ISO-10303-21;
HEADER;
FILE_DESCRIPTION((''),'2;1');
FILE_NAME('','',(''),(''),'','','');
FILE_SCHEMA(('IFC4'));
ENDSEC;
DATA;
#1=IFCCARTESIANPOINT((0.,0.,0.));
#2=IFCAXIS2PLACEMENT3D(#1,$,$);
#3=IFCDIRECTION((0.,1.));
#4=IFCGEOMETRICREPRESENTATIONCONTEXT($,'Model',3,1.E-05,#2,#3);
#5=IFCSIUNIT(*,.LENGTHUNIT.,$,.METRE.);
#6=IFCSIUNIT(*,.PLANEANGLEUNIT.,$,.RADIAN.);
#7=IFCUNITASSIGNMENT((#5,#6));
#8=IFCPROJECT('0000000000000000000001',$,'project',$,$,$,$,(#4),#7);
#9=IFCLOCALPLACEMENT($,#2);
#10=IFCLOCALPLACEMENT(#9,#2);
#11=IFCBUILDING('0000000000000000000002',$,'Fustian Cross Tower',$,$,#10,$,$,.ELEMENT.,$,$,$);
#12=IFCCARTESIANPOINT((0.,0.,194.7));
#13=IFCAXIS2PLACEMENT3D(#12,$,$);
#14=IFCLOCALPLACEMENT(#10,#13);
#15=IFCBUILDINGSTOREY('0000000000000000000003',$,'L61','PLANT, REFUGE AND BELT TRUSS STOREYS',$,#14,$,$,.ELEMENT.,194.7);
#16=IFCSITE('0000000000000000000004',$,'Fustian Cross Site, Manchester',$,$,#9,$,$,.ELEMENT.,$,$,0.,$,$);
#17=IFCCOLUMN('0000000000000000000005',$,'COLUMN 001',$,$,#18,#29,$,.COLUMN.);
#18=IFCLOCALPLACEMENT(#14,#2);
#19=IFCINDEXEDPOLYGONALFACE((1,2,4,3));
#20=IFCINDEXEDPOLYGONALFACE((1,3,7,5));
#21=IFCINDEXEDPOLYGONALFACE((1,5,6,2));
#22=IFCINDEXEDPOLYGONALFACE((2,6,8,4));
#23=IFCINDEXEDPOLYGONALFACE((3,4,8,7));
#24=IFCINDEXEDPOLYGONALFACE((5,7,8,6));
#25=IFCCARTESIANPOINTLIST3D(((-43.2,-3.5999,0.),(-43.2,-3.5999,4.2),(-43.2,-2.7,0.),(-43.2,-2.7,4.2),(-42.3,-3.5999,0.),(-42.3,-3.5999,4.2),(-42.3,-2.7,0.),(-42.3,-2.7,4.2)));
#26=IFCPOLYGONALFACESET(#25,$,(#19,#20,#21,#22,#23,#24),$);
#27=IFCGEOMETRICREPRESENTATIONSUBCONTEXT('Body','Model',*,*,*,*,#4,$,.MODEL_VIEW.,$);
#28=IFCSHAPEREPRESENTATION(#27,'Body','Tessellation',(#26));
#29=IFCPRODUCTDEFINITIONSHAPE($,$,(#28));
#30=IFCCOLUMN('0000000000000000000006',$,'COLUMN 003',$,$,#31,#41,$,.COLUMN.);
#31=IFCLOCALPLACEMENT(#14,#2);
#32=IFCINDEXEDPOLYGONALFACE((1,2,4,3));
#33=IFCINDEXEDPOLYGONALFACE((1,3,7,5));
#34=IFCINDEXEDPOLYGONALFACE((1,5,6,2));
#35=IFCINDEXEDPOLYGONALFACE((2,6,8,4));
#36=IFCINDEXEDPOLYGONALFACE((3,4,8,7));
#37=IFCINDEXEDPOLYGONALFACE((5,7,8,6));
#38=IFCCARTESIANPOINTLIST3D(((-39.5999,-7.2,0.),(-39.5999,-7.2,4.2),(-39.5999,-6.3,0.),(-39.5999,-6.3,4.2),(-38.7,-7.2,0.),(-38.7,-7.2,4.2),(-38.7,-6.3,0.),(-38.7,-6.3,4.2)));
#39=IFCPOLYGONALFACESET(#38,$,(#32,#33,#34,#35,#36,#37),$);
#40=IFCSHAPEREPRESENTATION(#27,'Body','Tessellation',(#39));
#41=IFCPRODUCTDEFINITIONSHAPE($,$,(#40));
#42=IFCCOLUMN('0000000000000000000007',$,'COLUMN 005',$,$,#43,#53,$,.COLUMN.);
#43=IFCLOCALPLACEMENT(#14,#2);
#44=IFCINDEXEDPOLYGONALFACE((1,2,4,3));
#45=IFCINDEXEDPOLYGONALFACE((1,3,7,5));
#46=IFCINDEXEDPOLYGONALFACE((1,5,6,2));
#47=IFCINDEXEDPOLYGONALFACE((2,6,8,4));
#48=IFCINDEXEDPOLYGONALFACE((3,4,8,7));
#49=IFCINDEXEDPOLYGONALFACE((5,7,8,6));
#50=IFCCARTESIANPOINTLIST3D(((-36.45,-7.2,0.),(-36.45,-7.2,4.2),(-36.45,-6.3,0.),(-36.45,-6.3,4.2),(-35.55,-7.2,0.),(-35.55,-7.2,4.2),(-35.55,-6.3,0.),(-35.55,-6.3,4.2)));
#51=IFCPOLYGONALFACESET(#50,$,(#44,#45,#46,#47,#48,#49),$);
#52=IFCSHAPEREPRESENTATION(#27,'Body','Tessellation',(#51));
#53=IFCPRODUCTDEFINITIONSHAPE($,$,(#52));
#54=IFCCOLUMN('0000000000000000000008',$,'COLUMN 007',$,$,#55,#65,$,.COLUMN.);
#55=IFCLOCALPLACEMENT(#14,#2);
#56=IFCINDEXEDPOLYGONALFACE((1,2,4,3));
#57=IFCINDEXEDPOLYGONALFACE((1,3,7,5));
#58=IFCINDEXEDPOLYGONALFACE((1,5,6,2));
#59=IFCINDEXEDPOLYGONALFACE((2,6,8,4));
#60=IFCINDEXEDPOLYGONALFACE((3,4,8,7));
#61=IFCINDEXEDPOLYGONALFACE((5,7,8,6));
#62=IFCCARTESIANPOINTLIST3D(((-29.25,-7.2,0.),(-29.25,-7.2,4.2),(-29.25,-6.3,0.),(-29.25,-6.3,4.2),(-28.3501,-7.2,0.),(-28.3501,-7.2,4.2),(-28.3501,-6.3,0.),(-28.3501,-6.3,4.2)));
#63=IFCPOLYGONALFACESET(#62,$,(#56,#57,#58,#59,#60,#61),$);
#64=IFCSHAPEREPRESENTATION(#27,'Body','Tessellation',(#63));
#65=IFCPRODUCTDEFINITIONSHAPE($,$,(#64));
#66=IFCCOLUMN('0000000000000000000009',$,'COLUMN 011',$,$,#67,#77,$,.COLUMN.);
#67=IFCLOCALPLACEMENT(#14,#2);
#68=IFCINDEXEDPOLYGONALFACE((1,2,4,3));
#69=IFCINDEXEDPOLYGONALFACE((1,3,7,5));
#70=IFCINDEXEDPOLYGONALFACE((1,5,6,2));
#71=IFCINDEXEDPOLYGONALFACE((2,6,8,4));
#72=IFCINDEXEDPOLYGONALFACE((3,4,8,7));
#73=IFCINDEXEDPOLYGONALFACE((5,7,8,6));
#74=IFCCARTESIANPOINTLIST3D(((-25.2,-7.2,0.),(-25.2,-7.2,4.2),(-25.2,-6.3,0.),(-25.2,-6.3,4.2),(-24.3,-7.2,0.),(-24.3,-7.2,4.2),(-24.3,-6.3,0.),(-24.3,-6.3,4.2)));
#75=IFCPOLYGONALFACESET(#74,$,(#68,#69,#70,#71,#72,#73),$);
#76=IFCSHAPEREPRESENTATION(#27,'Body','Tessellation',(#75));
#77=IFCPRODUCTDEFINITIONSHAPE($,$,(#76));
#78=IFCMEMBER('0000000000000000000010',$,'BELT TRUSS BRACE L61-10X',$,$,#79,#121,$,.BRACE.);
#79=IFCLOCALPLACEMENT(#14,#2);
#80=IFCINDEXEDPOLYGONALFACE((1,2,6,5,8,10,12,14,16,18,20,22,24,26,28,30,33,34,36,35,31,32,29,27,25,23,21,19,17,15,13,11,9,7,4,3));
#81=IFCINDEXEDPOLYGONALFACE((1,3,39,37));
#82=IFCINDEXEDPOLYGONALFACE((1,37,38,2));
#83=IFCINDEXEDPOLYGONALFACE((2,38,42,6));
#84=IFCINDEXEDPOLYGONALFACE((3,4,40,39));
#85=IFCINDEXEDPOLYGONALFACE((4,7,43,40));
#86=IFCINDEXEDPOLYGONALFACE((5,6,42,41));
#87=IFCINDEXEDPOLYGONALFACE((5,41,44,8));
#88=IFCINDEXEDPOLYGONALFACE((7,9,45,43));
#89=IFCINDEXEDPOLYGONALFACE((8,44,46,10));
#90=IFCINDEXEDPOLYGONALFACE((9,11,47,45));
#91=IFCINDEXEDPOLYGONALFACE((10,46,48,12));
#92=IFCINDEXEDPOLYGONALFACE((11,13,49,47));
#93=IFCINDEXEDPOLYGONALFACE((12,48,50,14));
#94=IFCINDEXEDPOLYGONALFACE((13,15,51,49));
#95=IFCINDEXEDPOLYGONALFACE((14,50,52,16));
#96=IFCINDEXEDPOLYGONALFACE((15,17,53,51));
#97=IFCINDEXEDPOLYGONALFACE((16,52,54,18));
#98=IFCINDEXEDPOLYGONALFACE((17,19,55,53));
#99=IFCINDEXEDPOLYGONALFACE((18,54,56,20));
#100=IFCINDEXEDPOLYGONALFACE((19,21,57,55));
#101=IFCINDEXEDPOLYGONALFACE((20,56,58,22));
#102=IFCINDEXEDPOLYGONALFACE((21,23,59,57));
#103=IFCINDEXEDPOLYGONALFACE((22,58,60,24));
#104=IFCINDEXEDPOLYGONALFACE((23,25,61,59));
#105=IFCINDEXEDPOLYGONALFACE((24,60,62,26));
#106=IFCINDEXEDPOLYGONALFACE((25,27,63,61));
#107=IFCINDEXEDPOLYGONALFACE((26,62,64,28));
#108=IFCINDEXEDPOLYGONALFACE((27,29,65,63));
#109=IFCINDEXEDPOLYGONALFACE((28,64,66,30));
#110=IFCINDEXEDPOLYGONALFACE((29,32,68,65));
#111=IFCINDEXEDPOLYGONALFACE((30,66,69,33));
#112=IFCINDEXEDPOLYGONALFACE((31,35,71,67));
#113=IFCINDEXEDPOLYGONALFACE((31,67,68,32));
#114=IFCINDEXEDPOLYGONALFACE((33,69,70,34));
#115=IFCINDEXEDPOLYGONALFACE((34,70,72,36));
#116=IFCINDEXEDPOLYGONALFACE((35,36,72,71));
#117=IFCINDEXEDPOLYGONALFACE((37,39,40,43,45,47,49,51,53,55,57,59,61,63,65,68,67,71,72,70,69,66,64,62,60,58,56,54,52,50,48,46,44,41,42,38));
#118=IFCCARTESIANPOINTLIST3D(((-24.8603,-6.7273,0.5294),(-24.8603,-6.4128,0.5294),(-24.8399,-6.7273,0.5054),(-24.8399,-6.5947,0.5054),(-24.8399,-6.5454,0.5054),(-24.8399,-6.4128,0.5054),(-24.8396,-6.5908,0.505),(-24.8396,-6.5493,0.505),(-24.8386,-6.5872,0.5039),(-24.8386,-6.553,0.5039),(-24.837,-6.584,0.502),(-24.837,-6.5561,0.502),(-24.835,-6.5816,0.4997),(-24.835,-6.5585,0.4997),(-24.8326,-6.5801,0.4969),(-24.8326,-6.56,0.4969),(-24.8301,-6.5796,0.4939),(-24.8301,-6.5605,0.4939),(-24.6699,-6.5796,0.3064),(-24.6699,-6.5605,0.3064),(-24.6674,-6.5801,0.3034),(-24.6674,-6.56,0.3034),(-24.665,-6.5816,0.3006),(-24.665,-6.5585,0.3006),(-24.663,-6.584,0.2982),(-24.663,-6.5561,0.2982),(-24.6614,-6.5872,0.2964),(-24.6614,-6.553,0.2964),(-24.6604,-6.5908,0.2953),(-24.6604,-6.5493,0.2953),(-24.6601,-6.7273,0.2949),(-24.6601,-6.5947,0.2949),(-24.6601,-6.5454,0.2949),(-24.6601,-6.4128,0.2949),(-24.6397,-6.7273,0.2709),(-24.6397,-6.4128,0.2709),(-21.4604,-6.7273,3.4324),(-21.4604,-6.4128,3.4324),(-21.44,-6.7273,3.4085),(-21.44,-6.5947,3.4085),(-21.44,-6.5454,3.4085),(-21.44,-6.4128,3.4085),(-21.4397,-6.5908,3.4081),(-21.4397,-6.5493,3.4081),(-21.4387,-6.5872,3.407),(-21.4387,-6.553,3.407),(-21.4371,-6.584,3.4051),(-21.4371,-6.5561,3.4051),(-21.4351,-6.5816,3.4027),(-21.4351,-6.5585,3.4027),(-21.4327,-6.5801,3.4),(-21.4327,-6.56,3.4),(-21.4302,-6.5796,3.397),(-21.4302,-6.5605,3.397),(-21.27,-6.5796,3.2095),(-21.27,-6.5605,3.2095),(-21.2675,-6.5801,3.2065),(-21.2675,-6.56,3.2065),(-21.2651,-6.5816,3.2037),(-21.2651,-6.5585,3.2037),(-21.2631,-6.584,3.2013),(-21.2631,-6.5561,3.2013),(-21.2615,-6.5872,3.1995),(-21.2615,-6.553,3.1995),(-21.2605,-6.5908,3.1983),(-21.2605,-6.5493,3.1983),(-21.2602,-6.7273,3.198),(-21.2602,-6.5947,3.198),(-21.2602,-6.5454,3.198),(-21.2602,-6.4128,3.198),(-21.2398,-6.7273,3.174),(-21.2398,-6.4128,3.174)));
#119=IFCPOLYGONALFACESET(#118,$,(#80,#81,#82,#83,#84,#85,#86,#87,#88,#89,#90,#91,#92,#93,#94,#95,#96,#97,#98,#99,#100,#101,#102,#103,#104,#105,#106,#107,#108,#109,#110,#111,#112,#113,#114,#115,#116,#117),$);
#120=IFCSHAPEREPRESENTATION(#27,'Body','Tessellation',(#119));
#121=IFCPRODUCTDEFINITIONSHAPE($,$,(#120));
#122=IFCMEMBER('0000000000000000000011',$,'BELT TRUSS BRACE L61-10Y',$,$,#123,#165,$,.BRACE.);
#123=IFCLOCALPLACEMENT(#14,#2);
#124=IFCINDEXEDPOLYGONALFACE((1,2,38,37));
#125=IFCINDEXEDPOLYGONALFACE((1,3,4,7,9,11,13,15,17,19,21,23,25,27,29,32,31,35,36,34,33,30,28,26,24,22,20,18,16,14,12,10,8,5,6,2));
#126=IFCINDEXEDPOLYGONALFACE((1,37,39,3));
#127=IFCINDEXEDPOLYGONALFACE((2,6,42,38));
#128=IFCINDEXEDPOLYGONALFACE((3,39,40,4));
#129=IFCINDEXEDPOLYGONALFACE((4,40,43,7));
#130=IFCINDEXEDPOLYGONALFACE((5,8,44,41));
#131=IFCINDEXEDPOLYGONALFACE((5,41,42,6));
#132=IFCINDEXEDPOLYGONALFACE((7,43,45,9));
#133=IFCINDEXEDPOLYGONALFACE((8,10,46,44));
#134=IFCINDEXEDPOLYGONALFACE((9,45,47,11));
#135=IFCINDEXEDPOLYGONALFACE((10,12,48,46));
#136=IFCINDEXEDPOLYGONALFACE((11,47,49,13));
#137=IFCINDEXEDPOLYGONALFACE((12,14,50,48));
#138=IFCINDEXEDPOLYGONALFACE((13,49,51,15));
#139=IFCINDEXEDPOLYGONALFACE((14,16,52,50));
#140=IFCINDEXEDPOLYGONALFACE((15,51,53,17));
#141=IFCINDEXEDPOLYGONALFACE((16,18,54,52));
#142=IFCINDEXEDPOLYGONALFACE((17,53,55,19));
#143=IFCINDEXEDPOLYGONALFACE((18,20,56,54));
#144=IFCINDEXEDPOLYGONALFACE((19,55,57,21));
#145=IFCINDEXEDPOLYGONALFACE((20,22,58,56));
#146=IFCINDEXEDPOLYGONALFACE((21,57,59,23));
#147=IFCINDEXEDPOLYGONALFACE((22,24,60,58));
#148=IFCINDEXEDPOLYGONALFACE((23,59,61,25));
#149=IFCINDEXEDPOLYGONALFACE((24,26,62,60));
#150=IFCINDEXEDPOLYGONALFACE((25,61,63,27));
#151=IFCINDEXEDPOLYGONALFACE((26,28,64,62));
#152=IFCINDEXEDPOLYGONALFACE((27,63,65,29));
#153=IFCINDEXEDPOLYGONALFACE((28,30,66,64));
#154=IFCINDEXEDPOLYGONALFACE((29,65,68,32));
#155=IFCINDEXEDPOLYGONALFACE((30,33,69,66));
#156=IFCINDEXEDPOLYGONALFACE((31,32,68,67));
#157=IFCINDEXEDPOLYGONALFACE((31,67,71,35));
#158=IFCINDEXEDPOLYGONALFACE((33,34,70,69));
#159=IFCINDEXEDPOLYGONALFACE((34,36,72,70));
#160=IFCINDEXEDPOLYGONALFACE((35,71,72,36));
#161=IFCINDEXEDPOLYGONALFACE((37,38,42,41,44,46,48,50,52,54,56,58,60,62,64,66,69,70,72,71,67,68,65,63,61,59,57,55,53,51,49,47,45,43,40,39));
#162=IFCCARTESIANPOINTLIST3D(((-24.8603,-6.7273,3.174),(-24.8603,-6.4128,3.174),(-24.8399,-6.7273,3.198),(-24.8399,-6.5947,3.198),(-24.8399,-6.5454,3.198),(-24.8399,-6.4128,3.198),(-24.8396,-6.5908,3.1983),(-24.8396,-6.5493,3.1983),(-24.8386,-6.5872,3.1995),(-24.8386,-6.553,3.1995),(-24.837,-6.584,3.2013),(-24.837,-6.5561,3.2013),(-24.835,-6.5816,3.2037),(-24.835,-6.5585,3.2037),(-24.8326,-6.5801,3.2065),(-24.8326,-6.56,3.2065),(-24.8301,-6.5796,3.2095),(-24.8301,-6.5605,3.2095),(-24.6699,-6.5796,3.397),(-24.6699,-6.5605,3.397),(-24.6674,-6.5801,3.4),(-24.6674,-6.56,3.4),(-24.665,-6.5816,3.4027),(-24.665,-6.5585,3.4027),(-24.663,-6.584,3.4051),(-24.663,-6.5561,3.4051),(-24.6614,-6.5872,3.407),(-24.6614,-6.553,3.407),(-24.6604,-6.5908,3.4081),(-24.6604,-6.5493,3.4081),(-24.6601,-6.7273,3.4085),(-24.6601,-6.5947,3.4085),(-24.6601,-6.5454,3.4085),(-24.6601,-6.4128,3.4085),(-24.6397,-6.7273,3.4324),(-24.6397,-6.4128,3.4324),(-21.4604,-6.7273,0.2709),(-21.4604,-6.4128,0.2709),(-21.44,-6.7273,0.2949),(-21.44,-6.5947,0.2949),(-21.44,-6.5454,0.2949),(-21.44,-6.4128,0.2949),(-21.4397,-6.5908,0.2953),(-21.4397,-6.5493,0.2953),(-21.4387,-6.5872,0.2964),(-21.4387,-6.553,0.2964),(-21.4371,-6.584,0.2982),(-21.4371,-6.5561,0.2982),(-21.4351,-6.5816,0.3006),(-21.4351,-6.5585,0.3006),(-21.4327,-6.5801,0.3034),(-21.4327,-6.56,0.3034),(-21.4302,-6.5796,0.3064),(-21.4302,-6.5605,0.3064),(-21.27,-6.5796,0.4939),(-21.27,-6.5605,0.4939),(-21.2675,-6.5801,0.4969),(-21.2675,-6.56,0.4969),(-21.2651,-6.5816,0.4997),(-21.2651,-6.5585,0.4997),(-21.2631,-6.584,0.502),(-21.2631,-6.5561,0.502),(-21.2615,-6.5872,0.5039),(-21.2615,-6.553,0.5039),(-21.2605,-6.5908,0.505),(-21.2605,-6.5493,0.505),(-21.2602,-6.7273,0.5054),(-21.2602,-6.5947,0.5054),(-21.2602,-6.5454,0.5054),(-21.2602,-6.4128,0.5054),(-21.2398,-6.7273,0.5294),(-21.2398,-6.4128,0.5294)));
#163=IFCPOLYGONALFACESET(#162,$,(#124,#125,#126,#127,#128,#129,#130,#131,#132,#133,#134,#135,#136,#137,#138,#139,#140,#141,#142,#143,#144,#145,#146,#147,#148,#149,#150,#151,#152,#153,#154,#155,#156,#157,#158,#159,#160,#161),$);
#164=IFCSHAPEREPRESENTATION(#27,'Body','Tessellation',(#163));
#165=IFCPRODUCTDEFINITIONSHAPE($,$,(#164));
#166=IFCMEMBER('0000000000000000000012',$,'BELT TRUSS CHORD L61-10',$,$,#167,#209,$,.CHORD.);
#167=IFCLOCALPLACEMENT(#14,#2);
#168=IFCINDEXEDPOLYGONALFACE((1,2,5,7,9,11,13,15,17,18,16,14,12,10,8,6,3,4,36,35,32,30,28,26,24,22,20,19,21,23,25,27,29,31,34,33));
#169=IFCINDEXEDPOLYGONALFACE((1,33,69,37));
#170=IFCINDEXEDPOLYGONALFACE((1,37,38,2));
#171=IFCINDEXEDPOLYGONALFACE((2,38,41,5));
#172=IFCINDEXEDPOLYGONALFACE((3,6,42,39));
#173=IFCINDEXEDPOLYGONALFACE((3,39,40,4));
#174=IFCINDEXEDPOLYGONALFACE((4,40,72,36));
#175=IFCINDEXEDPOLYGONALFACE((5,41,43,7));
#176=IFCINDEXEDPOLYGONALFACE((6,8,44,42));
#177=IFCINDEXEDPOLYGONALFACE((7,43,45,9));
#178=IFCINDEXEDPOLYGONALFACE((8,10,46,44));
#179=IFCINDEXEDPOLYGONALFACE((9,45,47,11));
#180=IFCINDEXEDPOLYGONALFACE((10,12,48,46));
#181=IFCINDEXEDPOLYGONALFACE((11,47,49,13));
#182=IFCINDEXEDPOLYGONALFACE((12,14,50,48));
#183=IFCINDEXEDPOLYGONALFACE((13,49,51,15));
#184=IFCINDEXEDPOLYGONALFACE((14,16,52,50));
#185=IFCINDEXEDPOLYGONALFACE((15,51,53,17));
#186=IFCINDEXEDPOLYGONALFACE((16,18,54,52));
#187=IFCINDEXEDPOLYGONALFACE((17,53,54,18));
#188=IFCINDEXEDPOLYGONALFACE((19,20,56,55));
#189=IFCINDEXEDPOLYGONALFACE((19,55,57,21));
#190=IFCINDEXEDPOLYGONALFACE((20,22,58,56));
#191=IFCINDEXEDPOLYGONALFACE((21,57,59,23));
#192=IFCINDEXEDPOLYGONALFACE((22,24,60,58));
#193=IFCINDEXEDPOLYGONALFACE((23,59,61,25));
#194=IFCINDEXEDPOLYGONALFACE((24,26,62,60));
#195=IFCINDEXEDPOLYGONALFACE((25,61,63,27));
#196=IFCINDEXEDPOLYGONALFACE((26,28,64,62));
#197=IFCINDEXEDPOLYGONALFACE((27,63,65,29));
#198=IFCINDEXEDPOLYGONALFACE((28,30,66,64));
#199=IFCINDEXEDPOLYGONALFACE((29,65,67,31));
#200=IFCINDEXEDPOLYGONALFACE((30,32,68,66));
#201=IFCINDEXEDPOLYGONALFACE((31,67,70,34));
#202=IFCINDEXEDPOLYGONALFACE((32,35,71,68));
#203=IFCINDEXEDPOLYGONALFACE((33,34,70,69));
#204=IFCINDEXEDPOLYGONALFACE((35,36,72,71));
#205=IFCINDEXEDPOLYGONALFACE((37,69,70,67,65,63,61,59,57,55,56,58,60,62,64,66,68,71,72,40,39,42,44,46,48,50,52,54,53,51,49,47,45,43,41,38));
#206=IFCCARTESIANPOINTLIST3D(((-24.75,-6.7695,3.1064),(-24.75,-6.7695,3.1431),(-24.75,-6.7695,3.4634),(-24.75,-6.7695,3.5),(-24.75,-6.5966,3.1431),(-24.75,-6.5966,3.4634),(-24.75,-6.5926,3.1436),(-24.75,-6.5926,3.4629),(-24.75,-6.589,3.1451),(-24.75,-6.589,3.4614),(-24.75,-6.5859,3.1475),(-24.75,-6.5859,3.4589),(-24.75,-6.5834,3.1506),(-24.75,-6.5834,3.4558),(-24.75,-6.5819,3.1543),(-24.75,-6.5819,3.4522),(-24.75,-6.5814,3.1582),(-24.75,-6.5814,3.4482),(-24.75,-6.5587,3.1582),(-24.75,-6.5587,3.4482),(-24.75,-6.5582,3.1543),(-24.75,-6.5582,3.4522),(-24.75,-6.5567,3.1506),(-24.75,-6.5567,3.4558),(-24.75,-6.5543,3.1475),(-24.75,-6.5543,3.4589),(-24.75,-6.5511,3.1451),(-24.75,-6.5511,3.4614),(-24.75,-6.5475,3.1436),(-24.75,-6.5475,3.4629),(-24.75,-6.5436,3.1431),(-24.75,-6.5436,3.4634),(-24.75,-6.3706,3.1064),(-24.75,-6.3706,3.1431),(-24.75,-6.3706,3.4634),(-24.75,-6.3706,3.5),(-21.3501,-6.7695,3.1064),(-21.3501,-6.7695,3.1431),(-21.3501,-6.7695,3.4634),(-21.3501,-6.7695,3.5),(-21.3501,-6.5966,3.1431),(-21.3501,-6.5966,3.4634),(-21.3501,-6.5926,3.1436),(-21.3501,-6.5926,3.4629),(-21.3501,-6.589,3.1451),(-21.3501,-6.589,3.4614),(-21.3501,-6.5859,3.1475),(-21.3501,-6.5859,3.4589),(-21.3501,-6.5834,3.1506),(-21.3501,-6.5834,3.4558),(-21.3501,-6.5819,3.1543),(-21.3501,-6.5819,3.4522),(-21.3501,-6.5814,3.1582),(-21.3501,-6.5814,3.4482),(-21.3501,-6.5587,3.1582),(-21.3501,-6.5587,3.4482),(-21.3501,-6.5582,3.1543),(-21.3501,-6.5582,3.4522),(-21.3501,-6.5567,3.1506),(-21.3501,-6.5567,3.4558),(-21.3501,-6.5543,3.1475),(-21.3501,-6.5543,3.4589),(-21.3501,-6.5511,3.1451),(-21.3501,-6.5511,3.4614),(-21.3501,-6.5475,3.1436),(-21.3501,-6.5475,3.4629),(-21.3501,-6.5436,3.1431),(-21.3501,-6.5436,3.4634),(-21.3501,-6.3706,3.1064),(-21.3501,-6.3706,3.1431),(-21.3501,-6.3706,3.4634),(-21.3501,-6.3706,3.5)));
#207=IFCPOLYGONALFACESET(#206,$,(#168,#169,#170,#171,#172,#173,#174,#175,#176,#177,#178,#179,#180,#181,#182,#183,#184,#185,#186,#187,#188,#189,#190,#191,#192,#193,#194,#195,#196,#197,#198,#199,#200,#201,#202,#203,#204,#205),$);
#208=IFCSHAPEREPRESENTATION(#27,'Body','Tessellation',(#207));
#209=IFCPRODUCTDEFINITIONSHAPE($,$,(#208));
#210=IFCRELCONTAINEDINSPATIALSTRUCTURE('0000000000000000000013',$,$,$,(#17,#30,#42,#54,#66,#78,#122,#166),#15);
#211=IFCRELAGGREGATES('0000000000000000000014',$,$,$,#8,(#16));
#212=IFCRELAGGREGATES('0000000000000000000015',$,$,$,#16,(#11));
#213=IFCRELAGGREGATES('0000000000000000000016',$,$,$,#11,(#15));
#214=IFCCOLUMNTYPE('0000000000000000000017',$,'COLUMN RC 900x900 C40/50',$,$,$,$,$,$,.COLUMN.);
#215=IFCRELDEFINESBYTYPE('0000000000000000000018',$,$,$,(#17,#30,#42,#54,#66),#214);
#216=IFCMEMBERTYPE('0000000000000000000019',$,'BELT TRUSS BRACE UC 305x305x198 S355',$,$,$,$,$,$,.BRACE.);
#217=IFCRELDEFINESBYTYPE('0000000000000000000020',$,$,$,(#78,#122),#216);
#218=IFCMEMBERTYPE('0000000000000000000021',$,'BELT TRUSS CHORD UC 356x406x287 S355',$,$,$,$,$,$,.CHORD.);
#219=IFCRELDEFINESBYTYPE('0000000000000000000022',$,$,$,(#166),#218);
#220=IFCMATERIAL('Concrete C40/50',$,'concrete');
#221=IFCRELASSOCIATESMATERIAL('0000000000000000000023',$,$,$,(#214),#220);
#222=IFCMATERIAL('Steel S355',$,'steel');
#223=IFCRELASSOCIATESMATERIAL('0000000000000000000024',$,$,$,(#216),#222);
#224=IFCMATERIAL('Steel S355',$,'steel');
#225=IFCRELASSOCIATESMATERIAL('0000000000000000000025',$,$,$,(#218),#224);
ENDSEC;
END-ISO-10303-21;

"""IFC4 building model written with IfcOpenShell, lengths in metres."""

from ifc_helpers import new_model, si_unit, direction, frame, origin, origin_2d, place, context, subcontext, project, spatial, rectangle, i_section, extrude, material, material_profile, profile_set, type_object, element, save


model = new_model("IFC4")

# Units and contexts
model_context = context("Model", 3, precision=1e-05, world=origin(), true_north=direction((0.0, 1.0)))
body_context = subcontext(model_context, "Body", "Model", "MODEL_VIEW")
ifc_project = project(units=[si_unit("LENGTHUNIT", "METRE"), si_unit("PLANEANGLEUNIT", "RADIAN")], contexts=[model_context])

# Site, building, storey
site_placement = place(None, origin())
site = spatial("IfcSite", under=ifc_project, at=site_placement, Name="Fustian Cross Site, Manchester", CompositionType="ELEMENT", RefElevation=0.0)
building_placement = place(site_placement, origin())
building = spatial("IfcBuilding", under=site, at=building_placement, Name="Fustian Cross Tower", CompositionType="ELEMENT")
storey_placement = place(building_placement, frame((0.0, 0.0, 194.7)))
storey = spatial("IfcBuildingStorey", under=building, at=storey_placement, Name="L61", Description="PLANT, REFUGE AND BELT TRUSS STOREYS", CompositionType="ELEMENT", Elevation=194.7)

# Columns
ifc_material_1 = material(Name="Concrete C40/50", Category="concrete")
ifc_material_profile_1 = material_profile(ifc_material_1, rectangle(XDim=0.8999, YDim=0.8999, at=origin_2d()), Name="RC 900x900")
ifc_profile_set_1 = profile_set([ifc_material_profile_1], Name="Concrete C40/50")
column_type = type_object("IfcColumnType", Name="COLUMN RC 900x900 C40/50", PredefinedType="COLUMN", material=ifc_profile_set_1)
for number, where, z_axis, x_axis, name in (
    (1, (-42.75, -3.1499, 0.0), (0.0, 0.0, 1.0), (1.0, 0.0, 0.0), "COLUMN 001"),
    (2, (-39.1499, -6.75, 0.0), (0.0, 0.0, 1.0), (1.0, 0.0, 0.0), "COLUMN 003"),
    (3, (-36.0, -6.75, 0.0), (0.0, 0.0, 1.0), (1.0, 0.0, 0.0), "COLUMN 005"),
    (4, (-28.8, -6.75, 0.0), (0.0, 0.0, 1.0), (1.0, 0.0, 0.0), "COLUMN 007"),
    (5, (-24.75, -6.75, 0.0), (0.0, 0.0, 1.0), (1.0, 0.0, 0.0), "COLUMN 011"),
):
    element("IfcColumn", number, at=place(storey_placement, frame(where, z_axis=z_axis, x_axis=x_axis)), inside=storey, type_object=column_type, Name=name, PredefinedType="COLUMN", context=body_context, shape_type="SweptSolid", body=[
        extrude(rectangle(XDim=0.8999, YDim=0.8999, at=origin_2d()), origin(), (0.0, 0.0, 1.0), 4.2),
    ])

# Members
ifc_material_2 = material(Name="Steel S355", Category="steel")
ifc_material_profile_2 = material_profile(ifc_material_2, i_section(OverallWidth=0.3145, OverallDepth=0.3398, WebThickness=0.019, FlangeThickness=0.0315, FilletRadius=0.0151, at=origin_2d()), Name="UC 305x305x198")
ifc_profile_set_2 = profile_set([ifc_material_profile_2], Name="Steel S355")
member_type_1 = type_object("IfcMemberType", Name="BELT TRUSS BRACE UC 305x305x198 S355", PredefinedType="BRACE", material=ifc_profile_set_2)
for number, where, z_axis, x_axis, name in (
    (6, (-24.75, -6.5701, 0.4001), (0.760485, 0.0, 0.649356), (0.0, 1.0, 0.0), "BELT TRUSS BRACE L61-10X"),
    (7, (-24.75, -6.5701, 3.3032), (0.760485, 0.0, -0.649356), (0.0, 1.0, 0.0), "BELT TRUSS BRACE L61-10Y"),
):
    element("IfcMember", number, at=place(storey_placement, frame(where, z_axis=z_axis, x_axis=x_axis)), inside=storey, type_object=member_type_1, Name=name, PredefinedType="BRACE", context=body_context, shape_type="SweptSolid", body=[
        extrude(i_section(OverallWidth=0.3145, OverallDepth=0.3398, WebThickness=0.019, FlangeThickness=0.0315, FilletRadius=0.0151, at=origin_2d()), origin(), (0.0, 0.0, 1.0), 4.4707),
    ])
ifc_material_3 = material(Name="Steel S355", Category="steel")
ifc_material_profile_3 = material_profile(ifc_material_3, i_section(OverallWidth=0.3989, OverallDepth=0.3936, WebThickness=0.0227, FlangeThickness=0.0366, FilletRadius=0.0151, at=origin_2d()), Name="UC 356x406x287")
ifc_profile_set_3 = profile_set([ifc_material_profile_3], Name="Steel S355")
member_type_2 = type_object("IfcMemberType", Name="BELT TRUSS CHORD UC 356x406x287 S355", PredefinedType="CHORD", material=ifc_profile_set_3)
for number, where, z_axis, x_axis, name in (
    (8, (-24.75, -6.5701, 3.3032), (1.0, 0.0, 0.0), (0.0, 1.0, 0.0), "BELT TRUSS CHORD L61-10"),
):
    element("IfcMember", number, at=place(storey_placement, frame(where, z_axis=z_axis, x_axis=x_axis)), inside=storey, type_object=member_type_2, Name=name, PredefinedType="CHORD", context=body_context, shape_type="SweptSolid", body=[
        extrude(i_section(OverallWidth=0.3989, OverallDepth=0.3936, WebThickness=0.0227, FlangeThickness=0.0366, FilletRadius=0.0151, at=origin_2d()), origin(), (0.0, 0.0, 1.0), 3.3999),
    ])

save(model, "model.ifc")
